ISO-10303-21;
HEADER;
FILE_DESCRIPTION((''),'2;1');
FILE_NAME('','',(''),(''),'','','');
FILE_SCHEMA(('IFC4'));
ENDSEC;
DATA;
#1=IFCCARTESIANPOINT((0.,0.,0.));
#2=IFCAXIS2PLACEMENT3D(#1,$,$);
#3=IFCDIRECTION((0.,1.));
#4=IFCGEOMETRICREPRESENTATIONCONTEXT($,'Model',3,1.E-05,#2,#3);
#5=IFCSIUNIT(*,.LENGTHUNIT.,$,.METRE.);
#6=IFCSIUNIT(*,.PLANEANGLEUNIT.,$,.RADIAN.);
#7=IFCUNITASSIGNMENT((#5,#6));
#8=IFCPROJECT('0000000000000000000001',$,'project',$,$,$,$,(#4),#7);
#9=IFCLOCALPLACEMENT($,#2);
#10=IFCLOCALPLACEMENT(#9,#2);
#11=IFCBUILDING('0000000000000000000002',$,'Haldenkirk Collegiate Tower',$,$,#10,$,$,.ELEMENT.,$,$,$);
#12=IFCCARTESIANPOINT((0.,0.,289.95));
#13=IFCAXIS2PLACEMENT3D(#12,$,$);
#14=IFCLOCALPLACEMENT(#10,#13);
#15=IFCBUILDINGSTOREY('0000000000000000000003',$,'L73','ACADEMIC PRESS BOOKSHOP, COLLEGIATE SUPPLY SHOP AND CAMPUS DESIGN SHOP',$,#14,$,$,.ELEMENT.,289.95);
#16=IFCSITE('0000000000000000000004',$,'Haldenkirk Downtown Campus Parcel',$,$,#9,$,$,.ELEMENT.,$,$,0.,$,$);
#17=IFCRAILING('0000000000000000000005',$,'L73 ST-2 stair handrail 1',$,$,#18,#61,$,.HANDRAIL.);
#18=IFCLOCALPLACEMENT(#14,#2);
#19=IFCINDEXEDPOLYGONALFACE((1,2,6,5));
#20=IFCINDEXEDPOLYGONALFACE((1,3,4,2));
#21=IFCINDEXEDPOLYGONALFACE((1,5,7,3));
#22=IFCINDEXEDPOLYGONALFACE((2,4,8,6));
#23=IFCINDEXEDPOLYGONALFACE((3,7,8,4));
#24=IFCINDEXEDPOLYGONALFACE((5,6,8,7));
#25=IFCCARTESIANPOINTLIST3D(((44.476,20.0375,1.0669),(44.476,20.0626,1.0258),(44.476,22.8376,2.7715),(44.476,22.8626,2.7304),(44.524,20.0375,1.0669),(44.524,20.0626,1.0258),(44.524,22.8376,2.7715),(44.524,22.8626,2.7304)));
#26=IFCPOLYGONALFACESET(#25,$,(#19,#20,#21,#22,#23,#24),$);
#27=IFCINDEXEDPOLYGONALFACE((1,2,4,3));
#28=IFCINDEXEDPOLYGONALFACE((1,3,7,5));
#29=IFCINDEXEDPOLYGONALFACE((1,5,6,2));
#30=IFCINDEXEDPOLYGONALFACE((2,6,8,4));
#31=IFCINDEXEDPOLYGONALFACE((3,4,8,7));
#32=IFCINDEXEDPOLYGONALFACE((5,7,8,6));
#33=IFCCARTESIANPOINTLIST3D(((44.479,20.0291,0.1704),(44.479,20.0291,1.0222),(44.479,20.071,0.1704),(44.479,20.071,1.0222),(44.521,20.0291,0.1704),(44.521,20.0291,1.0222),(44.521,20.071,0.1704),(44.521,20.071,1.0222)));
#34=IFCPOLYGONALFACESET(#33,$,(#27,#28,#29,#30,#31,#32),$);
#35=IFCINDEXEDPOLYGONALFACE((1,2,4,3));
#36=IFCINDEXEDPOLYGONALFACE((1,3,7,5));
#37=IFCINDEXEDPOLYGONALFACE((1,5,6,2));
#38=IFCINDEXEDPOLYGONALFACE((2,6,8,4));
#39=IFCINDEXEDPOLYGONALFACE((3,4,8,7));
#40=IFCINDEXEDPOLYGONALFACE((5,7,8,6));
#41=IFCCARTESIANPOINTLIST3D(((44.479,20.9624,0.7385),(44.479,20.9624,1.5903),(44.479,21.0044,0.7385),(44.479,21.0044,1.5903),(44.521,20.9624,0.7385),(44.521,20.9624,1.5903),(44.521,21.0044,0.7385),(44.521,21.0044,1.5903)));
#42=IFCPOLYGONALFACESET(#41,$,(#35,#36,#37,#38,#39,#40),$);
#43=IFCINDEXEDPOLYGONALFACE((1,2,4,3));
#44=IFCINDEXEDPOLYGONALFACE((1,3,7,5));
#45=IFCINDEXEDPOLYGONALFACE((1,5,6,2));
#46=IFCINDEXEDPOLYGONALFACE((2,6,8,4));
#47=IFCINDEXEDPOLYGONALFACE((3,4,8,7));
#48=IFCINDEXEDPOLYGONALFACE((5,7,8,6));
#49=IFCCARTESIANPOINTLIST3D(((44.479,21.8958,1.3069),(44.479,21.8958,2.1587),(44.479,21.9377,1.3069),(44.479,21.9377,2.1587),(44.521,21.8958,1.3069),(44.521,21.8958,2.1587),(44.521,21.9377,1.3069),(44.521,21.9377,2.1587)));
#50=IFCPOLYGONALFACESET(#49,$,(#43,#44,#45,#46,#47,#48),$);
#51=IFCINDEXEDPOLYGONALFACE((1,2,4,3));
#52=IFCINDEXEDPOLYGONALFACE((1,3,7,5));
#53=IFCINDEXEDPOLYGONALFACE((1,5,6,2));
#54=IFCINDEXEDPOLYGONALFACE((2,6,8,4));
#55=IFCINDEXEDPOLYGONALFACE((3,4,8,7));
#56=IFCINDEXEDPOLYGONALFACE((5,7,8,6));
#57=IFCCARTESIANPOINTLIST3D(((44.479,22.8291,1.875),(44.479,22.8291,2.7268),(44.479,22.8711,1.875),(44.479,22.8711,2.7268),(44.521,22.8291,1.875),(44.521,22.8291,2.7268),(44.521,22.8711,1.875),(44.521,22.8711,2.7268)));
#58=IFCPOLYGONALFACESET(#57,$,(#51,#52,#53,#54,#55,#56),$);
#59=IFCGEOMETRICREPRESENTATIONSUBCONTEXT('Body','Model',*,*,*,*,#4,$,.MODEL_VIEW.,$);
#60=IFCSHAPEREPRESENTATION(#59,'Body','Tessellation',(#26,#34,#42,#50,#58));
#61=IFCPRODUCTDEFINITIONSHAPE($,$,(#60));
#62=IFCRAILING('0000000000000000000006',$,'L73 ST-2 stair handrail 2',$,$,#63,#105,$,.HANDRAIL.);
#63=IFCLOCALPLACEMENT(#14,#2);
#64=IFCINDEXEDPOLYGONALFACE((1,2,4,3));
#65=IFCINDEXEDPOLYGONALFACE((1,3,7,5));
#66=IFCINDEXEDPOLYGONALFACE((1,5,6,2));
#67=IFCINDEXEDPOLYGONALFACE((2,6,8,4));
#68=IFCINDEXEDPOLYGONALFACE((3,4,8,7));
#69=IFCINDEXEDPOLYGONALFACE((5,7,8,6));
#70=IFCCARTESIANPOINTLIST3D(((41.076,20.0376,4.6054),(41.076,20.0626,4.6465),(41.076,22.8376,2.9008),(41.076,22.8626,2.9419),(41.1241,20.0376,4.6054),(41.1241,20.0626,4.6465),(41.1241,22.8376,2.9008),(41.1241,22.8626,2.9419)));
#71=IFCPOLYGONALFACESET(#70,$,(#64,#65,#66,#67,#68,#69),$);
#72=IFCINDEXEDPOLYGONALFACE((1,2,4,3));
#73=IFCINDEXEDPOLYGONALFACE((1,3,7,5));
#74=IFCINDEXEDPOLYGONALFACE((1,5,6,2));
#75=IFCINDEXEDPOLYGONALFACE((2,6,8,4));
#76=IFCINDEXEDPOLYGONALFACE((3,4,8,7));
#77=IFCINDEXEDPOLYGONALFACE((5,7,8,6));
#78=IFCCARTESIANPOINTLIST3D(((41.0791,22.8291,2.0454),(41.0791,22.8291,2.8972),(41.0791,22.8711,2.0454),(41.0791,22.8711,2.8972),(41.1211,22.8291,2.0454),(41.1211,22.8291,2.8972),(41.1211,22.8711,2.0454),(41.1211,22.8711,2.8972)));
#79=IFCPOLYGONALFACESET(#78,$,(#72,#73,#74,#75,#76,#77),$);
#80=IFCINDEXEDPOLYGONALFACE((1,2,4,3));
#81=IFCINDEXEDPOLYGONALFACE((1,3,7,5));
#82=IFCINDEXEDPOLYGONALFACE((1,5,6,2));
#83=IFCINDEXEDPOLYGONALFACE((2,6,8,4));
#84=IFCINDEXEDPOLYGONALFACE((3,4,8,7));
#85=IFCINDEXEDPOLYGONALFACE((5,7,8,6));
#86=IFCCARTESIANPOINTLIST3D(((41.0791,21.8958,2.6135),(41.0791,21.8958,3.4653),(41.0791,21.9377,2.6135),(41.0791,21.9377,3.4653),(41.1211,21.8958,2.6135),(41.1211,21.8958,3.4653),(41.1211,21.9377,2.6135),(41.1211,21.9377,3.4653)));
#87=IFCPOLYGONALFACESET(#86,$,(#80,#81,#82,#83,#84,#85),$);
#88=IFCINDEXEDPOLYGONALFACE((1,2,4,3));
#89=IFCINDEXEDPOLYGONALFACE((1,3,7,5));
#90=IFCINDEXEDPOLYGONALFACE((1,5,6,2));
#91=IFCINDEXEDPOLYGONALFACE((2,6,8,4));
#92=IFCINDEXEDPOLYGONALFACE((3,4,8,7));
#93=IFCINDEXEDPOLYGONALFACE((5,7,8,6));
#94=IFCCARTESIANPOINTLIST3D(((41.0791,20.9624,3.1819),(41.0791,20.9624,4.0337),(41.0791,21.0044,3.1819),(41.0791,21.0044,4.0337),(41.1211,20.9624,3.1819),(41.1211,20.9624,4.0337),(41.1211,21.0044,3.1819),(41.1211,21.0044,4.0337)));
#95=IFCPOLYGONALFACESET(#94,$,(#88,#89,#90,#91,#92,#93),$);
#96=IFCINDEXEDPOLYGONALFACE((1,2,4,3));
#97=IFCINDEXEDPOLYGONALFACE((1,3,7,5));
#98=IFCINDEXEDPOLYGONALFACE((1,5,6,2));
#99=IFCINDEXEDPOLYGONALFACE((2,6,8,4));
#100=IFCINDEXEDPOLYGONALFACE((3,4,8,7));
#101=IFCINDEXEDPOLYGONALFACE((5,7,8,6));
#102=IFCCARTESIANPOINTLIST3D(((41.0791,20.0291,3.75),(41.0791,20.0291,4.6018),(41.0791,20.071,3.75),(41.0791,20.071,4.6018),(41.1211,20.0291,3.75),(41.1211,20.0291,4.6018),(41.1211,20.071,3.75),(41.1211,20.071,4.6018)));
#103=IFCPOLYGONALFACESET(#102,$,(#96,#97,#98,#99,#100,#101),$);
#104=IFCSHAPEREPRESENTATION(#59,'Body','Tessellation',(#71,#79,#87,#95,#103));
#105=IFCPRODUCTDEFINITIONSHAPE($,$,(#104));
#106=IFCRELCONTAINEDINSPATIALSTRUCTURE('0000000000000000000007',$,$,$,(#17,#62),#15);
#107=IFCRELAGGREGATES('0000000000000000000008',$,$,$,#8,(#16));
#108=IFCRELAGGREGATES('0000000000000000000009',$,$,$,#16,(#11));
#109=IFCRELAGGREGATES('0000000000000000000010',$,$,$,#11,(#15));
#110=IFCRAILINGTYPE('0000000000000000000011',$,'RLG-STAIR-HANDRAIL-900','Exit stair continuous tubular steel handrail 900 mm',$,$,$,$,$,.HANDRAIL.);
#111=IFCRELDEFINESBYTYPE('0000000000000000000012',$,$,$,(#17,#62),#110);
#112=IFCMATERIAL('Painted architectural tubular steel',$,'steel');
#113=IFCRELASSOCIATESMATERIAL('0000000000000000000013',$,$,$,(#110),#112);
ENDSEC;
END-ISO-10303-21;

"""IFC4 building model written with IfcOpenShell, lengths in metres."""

from ifc_helpers import new_model, si_unit, direction, frame, origin, origin_2d, place, context, subcontext, project, spatial, rectangle, extrude, material, type_object, element, save


model = new_model("IFC4")

# Units and contexts
model_context = context("Model", 3, precision=1e-05, world=origin(), true_north=direction((0.0, 1.0)))
body_context = subcontext(model_context, "Body", "Model", "MODEL_VIEW")
ifc_project = project(units=[si_unit("LENGTHUNIT", "METRE"), si_unit("PLANEANGLEUNIT", "RADIAN")], contexts=[model_context])

# Site, building, storey
site_placement = place(None, origin())
site = spatial("IfcSite", under=ifc_project, at=site_placement, Name="Haldenkirk Downtown Campus Parcel", CompositionType="ELEMENT", RefElevation=0.0)
building_placement = place(site_placement, origin())
building = spatial("IfcBuilding", under=site, at=building_placement, Name="Haldenkirk Collegiate Tower", CompositionType="ELEMENT")
storey_placement = place(building_placement, frame((0.0, 0.0, 289.95)))
storey = spatial("IfcBuildingStorey", under=building, at=storey_placement, Name="L73", Description="ACADEMIC PRESS BOOKSHOP, COLLEGIATE SUPPLY SHOP AND CAMPUS DESIGN SHOP", CompositionType="ELEMENT", Elevation=289.95)

# Railings
ifc_material_1 = material(Name="Painted architectural tubular steel", Category="steel")
railing_type_1 = type_object("IfcRailingType", Name="RLG-STAIR-HANDRAIL-900", Description="Exit stair continuous tubular steel handrail 900 mm", PredefinedType="HANDRAIL", material=ifc_material_1)
railing_1_placement = place(storey_placement, frame((44.5, 20.05, 0.1704)))
element("IfcRailing", 1, at=railing_1_placement, inside=storey, type_object=railing_type_1, Name="L73 ST-2 stair handrail 1", PredefinedType="HANDRAIL", context=body_context, shape_type="SweptSolid", body=[
    extrude(rectangle(XDim=0.0481, YDim=0.0481, at=origin_2d()), frame((0.0, 0.0, 0.876), z_axis=(0.0, 0.85417, 0.519994), x_axis=(-1.0, 0.0, 0.0)), (0.0, 0.0, 1.0), 3.2781),
    extrude(rectangle(XDim=0.042, YDim=0.042, at=origin_2d()), origin(), (0.0, 0.0, 1.0), 0.8518),
    extrude(rectangle(XDim=0.042, YDim=0.042, at=origin_2d()), frame((0.0, 0.9333, 0.5681)), (0.0, 0.0, 1.0), 0.8518),
    extrude(rectangle(XDim=0.042, YDim=0.042, at=origin_2d()), frame((0.0, 1.8667, 1.1365)), (0.0, 0.0, 1.0), 0.8518),
    extrude(rectangle(XDim=0.042, YDim=0.042, at=origin_2d()), frame((0.0, 2.8, 1.7046)), (0.0, 0.0, 1.0), 0.8518),
])
railing_2_placement = place(storey_placement, frame((41.1001, 22.8501, 2.0454)))
element("IfcRailing", 2, at=railing_2_placement, inside=storey, type_object=railing_type_1, Name="L73 ST-2 stair handrail 2", PredefinedType="HANDRAIL", context=body_context, shape_type="SweptSolid", body=[
    extrude(rectangle(XDim=0.0481, YDim=0.0481, at=origin_2d()), frame((0.0, 0.0, 0.876), z_axis=(0.0, -0.85417, 0.519994), x_axis=(1.0, 0.0, 0.0)), (0.0, 0.0, 1.0), 3.2781),
    extrude(rectangle(XDim=0.042, YDim=0.042, at=origin_2d()), origin(), (0.0, 0.0, 1.0), 0.8518),
    extrude(rectangle(XDim=0.042, YDim=0.042, at=origin_2d()), frame((0.0, -0.9333, 0.5681)), (0.0, 0.0, 1.0), 0.8518),
    extrude(rectangle(XDim=0.042, YDim=0.042, at=origin_2d()), frame((0.0, -1.8667, 1.1365)), (0.0, 0.0, 1.0), 0.8518),
    extrude(rectangle(XDim=0.042, YDim=0.042, at=origin_2d()), frame((0.0, -2.8, 1.7046)), (0.0, 0.0, 1.0), 0.8518),
])

save(model, "model.ifc")
